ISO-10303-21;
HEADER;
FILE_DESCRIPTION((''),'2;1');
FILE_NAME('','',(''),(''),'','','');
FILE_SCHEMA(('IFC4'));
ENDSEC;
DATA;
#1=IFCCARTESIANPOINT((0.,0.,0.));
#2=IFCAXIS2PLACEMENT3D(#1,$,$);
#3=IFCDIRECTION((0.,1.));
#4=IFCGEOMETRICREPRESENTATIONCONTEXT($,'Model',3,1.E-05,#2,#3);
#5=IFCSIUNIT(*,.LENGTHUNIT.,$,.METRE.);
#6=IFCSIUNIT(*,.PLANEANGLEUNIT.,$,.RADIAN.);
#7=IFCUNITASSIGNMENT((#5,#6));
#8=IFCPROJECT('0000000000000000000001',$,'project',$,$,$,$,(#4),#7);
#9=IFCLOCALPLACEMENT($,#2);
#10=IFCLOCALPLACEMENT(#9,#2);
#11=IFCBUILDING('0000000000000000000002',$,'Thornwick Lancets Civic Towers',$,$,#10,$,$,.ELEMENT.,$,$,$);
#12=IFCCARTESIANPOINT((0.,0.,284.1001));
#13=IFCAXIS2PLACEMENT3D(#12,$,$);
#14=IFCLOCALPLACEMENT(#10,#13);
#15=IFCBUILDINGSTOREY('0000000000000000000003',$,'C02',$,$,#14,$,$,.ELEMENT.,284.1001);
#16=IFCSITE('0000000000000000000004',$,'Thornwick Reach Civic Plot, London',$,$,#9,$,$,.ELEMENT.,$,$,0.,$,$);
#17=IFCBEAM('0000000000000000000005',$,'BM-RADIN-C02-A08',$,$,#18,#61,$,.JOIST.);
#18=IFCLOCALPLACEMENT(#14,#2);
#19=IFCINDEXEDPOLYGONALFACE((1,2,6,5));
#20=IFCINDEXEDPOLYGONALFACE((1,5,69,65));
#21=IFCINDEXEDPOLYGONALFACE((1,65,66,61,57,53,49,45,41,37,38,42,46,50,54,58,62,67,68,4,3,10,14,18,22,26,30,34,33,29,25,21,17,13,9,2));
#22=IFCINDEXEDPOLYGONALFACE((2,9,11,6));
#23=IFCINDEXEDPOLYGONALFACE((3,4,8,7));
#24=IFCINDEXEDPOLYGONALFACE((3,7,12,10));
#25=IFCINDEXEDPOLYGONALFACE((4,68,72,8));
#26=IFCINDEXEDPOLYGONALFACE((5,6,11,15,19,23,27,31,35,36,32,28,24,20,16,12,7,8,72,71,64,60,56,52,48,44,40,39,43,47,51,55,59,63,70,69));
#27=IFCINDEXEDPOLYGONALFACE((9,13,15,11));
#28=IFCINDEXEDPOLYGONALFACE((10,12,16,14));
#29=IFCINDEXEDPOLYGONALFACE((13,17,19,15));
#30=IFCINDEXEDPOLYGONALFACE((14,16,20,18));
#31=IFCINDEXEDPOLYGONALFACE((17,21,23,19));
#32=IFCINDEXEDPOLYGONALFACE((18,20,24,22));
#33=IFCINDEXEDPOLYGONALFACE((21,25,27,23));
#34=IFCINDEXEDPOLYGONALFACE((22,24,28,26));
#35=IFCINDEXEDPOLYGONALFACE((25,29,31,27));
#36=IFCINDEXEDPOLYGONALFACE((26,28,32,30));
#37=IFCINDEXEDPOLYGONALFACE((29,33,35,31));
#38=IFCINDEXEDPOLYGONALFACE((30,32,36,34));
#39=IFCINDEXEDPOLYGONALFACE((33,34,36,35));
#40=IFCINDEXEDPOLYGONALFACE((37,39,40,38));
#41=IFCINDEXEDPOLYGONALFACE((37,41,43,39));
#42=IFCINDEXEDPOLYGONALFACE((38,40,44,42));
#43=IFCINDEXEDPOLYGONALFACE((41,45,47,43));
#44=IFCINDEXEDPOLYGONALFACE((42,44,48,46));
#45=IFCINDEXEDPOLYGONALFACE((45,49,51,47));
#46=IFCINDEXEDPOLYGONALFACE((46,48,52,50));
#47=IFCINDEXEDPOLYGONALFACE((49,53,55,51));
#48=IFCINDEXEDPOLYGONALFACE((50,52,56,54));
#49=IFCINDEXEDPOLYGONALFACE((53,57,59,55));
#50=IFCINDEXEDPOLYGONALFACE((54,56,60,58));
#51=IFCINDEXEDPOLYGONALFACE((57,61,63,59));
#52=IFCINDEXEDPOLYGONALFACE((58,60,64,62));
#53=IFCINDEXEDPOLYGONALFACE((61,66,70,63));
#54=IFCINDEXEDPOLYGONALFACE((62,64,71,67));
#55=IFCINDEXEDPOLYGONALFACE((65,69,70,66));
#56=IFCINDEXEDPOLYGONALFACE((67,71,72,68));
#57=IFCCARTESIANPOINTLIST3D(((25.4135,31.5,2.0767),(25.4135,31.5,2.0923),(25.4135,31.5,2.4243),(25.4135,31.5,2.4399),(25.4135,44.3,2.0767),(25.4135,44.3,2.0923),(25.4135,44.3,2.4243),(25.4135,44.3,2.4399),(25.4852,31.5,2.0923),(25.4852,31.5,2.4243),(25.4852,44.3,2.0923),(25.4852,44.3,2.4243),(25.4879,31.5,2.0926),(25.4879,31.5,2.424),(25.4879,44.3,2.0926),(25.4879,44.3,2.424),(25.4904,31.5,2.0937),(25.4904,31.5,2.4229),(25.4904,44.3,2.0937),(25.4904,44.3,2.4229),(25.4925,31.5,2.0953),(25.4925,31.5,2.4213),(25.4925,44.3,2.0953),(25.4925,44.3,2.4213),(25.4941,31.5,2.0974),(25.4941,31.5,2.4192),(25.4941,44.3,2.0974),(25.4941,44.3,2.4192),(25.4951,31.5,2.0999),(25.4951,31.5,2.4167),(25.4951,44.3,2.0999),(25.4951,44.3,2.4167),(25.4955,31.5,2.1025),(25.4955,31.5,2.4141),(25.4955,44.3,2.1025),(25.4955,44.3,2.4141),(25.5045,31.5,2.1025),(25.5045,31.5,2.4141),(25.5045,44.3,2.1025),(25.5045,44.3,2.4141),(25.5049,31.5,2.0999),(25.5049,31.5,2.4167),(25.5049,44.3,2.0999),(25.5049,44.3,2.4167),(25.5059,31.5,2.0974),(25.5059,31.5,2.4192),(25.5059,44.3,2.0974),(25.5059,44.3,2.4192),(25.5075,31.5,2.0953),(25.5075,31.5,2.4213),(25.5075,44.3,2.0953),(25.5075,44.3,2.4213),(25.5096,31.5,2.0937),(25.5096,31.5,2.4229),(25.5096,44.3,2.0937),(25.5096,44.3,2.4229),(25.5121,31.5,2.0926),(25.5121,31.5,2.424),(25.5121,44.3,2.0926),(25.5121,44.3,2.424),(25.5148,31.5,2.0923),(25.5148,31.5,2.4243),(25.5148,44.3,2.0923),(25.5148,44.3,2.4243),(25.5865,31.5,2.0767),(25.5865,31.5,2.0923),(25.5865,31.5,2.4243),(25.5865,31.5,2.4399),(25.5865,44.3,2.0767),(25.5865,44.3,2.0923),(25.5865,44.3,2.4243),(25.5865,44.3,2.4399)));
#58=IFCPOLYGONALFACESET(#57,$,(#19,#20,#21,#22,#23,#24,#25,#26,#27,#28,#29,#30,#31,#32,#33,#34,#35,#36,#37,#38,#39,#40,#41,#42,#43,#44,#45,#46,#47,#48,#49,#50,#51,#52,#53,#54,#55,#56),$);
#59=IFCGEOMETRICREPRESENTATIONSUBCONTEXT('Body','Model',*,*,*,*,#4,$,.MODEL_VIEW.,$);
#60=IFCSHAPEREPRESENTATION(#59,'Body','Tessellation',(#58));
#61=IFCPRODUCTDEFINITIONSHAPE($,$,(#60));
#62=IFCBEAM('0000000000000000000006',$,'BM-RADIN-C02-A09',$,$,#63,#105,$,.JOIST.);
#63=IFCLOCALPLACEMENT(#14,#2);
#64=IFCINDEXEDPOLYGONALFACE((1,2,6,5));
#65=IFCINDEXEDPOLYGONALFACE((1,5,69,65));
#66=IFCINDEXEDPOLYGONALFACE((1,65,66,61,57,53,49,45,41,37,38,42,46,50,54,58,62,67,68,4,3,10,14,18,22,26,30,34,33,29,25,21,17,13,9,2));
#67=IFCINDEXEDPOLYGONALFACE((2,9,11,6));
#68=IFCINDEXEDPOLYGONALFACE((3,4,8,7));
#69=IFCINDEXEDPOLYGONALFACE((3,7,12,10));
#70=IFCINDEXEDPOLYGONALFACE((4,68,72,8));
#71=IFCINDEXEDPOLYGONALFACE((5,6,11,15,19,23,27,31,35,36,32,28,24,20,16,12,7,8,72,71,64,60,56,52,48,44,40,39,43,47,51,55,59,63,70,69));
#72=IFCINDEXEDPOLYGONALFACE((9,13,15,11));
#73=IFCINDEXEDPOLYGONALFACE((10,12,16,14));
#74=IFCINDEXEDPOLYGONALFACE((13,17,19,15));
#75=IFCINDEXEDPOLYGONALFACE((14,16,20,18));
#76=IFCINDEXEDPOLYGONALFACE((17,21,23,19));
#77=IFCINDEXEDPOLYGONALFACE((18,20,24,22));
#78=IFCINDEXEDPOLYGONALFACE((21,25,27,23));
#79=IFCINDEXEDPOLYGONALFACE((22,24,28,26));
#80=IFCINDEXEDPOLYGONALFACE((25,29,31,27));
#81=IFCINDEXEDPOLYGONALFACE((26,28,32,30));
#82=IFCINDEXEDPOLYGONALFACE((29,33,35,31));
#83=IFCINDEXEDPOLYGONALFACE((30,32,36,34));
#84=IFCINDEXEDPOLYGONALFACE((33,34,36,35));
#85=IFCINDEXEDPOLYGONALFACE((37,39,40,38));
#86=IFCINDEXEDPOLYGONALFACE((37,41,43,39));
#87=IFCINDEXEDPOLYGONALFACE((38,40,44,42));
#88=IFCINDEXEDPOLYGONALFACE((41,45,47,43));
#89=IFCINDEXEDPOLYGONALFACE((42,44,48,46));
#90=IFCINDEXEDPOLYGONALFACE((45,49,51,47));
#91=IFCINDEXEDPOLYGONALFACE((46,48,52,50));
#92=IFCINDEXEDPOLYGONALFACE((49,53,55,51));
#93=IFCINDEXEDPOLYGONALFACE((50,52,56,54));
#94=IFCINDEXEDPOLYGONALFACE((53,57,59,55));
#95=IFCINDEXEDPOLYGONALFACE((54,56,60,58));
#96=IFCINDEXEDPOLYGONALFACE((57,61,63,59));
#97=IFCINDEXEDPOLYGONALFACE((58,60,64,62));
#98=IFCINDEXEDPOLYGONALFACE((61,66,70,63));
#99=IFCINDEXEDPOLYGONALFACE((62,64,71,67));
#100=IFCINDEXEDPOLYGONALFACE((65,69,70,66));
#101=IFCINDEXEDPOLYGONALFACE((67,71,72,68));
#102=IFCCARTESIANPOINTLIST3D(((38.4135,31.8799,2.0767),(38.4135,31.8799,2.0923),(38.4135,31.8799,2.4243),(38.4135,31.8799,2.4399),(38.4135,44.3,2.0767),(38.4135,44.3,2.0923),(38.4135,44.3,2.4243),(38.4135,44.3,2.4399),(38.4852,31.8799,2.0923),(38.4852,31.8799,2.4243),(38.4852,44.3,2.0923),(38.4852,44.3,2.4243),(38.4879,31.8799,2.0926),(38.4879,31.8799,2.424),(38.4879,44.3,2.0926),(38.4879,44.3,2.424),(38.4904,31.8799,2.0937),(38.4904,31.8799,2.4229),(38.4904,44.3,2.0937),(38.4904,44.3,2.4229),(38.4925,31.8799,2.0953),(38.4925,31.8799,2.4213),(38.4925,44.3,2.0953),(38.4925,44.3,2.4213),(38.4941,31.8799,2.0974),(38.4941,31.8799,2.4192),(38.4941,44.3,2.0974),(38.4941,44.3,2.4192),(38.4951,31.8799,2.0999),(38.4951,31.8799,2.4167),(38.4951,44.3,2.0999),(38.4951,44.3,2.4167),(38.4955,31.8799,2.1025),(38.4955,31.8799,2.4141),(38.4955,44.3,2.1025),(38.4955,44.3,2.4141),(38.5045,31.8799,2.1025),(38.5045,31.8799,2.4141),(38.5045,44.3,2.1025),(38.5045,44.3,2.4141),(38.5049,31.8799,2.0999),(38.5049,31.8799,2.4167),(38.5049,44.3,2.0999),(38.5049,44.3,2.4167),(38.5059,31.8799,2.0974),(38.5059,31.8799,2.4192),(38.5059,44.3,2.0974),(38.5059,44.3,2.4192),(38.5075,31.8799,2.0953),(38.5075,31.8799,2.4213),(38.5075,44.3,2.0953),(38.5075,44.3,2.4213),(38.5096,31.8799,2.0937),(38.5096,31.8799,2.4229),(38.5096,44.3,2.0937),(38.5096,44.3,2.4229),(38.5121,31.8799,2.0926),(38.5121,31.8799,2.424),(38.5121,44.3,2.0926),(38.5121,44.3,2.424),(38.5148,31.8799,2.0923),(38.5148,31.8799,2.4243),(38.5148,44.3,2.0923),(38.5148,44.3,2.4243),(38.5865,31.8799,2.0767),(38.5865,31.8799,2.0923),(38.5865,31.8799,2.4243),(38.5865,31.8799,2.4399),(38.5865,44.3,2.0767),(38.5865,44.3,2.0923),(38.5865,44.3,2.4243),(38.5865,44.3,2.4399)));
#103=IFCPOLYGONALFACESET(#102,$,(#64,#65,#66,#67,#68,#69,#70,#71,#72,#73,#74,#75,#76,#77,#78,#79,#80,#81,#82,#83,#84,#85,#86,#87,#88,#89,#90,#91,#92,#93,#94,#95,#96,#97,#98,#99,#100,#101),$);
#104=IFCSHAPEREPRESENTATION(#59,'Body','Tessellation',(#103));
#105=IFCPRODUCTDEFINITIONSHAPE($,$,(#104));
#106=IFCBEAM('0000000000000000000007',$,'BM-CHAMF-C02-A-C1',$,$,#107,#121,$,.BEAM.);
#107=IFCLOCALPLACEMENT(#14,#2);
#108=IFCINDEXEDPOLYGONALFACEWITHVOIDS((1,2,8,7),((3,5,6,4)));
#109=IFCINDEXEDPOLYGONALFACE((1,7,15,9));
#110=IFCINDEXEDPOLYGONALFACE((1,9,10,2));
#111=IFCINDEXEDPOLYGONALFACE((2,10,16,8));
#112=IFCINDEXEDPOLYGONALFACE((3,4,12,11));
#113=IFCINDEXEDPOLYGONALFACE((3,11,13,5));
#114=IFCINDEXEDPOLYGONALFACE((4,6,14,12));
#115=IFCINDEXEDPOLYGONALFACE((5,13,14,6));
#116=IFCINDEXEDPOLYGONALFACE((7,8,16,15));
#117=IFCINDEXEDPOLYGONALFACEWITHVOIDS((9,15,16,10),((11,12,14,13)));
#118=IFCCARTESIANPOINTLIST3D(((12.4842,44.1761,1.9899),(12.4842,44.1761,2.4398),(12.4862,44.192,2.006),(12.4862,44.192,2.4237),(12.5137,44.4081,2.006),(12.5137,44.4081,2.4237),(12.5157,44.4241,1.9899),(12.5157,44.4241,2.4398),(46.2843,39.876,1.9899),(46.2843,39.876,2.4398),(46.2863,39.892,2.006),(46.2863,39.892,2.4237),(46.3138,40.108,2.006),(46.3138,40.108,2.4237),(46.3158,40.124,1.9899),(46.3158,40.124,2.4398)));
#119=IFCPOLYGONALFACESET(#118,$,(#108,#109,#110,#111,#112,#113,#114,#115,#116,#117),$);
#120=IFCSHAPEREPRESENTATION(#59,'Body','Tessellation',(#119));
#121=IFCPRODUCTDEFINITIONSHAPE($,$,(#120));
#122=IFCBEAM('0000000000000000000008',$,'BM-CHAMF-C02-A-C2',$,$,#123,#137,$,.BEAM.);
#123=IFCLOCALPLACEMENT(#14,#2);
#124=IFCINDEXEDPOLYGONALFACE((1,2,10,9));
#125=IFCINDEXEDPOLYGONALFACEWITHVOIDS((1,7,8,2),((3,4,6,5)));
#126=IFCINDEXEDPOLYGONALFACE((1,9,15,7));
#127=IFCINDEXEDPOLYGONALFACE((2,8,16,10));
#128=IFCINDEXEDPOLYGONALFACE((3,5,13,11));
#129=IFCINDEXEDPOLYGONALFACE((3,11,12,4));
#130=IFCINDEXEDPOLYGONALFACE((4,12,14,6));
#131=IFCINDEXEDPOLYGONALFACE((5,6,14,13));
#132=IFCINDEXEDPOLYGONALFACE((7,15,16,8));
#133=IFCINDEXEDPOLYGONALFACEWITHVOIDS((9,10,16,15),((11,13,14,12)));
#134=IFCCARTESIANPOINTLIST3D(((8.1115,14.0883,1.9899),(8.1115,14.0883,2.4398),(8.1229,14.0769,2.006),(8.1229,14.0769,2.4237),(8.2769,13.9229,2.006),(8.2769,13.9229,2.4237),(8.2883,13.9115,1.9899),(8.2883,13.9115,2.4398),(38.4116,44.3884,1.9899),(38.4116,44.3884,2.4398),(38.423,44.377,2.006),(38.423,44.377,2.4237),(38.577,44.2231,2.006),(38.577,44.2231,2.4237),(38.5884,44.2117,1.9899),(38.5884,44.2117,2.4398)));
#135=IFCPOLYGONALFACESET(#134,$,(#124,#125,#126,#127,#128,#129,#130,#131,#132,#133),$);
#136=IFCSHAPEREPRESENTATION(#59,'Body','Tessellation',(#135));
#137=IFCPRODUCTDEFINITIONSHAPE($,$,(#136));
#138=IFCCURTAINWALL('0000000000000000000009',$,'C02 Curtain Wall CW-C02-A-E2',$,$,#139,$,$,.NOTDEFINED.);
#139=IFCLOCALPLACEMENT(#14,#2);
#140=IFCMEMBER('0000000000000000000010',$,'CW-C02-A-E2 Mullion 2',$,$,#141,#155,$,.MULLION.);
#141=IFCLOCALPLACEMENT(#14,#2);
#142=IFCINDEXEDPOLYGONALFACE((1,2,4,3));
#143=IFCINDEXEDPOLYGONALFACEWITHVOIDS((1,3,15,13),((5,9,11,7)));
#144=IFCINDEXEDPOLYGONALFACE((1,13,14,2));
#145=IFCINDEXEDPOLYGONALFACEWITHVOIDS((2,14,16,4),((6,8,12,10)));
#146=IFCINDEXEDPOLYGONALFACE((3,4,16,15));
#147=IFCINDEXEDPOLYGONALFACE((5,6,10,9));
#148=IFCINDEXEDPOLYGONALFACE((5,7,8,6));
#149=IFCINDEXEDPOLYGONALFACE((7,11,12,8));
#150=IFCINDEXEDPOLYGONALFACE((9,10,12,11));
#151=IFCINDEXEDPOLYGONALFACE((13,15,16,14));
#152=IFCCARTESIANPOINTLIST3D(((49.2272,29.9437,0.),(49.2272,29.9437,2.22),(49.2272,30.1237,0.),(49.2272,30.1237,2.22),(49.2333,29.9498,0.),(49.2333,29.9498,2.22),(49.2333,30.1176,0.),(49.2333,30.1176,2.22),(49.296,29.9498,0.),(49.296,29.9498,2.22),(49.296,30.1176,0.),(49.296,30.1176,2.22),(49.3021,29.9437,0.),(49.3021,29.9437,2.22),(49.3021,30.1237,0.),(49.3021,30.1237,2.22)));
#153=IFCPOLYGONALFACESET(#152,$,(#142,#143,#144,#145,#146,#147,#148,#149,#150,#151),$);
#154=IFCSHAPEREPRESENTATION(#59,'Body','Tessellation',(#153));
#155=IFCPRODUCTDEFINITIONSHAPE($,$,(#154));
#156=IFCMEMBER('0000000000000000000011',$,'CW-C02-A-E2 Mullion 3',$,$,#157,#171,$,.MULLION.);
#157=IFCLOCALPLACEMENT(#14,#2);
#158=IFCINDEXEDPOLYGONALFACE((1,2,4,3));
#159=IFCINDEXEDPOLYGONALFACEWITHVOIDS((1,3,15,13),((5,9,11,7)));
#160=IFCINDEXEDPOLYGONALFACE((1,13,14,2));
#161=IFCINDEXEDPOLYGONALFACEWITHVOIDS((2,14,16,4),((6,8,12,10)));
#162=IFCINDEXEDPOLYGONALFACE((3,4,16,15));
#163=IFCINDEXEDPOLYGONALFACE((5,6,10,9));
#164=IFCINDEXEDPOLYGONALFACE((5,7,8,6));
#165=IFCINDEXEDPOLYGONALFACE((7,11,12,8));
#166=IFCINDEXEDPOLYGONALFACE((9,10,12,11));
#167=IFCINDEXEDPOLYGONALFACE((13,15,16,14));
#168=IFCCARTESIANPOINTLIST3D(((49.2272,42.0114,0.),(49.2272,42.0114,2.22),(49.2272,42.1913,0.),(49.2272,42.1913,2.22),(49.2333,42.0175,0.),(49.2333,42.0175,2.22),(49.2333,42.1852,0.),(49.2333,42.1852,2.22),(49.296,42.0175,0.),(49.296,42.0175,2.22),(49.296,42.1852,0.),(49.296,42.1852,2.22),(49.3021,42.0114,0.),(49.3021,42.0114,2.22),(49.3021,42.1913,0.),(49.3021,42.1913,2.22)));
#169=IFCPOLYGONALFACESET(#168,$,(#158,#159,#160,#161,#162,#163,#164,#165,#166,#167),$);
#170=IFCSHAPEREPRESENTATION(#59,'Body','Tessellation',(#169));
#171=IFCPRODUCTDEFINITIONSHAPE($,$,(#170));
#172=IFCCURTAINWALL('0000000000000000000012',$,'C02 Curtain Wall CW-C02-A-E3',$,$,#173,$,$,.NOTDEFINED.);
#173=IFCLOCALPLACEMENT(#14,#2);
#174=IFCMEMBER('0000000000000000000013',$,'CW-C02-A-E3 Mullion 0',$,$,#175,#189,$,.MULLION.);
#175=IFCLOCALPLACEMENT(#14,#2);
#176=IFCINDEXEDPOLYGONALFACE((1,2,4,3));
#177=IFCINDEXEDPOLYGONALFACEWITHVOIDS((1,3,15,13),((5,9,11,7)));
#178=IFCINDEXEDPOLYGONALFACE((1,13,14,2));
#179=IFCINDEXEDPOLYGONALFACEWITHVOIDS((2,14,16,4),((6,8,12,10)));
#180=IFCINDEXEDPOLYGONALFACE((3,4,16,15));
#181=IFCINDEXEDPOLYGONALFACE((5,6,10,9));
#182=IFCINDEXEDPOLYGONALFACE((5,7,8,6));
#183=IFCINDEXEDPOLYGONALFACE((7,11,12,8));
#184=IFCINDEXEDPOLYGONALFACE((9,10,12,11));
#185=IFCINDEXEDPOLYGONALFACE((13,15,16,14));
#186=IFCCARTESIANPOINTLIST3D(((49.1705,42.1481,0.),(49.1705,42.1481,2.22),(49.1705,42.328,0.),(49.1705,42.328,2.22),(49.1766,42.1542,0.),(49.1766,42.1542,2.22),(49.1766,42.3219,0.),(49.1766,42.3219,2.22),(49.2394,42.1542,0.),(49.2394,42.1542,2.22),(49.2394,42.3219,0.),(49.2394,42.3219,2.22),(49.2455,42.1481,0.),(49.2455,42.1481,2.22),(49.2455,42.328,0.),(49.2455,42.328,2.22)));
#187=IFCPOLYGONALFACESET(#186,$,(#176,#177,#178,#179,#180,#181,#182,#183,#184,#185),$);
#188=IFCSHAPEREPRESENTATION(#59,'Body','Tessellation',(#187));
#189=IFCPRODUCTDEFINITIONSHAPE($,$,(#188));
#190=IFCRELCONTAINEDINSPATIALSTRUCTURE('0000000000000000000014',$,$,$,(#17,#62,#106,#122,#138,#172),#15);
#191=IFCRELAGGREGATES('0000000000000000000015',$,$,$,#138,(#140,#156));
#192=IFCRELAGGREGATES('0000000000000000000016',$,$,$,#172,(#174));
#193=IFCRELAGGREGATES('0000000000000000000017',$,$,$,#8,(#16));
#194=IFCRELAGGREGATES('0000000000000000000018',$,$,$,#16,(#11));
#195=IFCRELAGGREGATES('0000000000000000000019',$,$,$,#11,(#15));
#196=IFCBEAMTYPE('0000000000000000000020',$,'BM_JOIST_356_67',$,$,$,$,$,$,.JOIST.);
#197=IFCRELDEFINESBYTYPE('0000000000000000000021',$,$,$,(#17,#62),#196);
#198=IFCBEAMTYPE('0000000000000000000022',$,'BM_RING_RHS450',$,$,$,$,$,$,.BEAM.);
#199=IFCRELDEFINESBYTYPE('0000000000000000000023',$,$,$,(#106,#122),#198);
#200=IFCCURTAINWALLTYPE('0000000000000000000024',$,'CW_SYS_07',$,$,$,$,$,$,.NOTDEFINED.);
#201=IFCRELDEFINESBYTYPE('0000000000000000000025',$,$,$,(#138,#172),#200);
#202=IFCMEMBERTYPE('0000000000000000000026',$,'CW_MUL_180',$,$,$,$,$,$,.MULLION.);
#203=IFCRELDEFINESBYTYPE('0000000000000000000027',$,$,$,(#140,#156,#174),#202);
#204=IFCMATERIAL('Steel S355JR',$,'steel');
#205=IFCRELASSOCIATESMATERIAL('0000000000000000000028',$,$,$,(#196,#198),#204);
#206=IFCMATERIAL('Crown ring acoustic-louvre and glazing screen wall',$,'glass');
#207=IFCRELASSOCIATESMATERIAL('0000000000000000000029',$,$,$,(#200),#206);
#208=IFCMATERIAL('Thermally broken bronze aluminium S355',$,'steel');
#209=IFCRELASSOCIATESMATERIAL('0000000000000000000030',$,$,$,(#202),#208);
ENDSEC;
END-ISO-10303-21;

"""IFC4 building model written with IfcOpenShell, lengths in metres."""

from ifc_helpers import new_model, si_unit, direction, frame, origin, origin_2d, place, context, subcontext, project, spatial, hollow_rectangle, i_section, extrude, material, material_profile, profile_set, type_object, element, aggregate, save


model = new_model("IFC4")

# Units and contexts
model_context = context("Model", 3, precision=1e-05, world=origin(), true_north=direction((0.0, 1.0)))
body_context = subcontext(model_context, "Body", "Model", "MODEL_VIEW")
ifc_project = project(units=[si_unit("LENGTHUNIT", "METRE"), si_unit("PLANEANGLEUNIT", "RADIAN")], contexts=[model_context])

# Site, building, storey
site_placement = place(None, origin())
site = spatial("IfcSite", under=ifc_project, at=site_placement, Name="Thornwick Reach Civic Plot, London", CompositionType="ELEMENT", RefElevation=0.0)
building_placement = place(site_placement, origin())
building = spatial("IfcBuilding", under=site, at=building_placement, Name="Thornwick Lancets Civic Towers", CompositionType="ELEMENT")
storey_placement = place(building_placement, frame((0.0, 0.0, 284.1001)))
storey = spatial("IfcBuildingStorey", under=building, at=storey_placement, Name="C02", CompositionType="ELEMENT", Elevation=284.1001)

# Shared definitions
ifc_material_1 = material(Name="Steel S355JR", Category="steel")

# Beams
ifc_material_profile_1 = material_profile(ifc_material_1, i_section(OverallWidth=0.1731, OverallDepth=0.3633, WebThickness=0.009, FlangeThickness=0.0156, FilletRadius=0.0103, at=origin_2d()), Name="UKB 356x171x67")
ifc_profile_set_1 = profile_set([ifc_material_profile_1], Name="Steel S355JR")
beam_type_1 = type_object("IfcBeamType", Name="BM_JOIST_356_67", PredefinedType="JOIST", material=ifc_profile_set_1)
beam_1_placement = place(storey_placement, frame((25.5, 31.5, 2.2583), z_axis=(0.0, 1.0, 0.0), x_axis=(-1.0, 0.0, 0.0)))
element("IfcBeam", 1, at=beam_1_placement, inside=storey, type_object=beam_type_1, Name="BM-RADIN-C02-A08", PredefinedType="JOIST", context=body_context, shape_type="SweptSolid", body=[
    extrude(i_section(OverallWidth=0.1731, OverallDepth=0.3633, WebThickness=0.009, FlangeThickness=0.0156, FilletRadius=0.0103, at=origin_2d()), origin(), (0.0, 0.0, 1.0), 12.8),
])
beam_2_placement = place(storey_placement, frame((38.5, 31.8799, 2.2583), z_axis=(0.0, 1.0, 0.0), x_axis=(-1.0, 0.0, 0.0)))
element("IfcBeam", 2, at=beam_2_placement, inside=storey, type_object=beam_type_1, Name="BM-RADIN-C02-A09", PredefinedType="JOIST", context=body_context, shape_type="SweptSolid", body=[
    extrude(i_section(OverallWidth=0.1731, OverallDepth=0.3633, WebThickness=0.009, FlangeThickness=0.0156, FilletRadius=0.0103, at=origin_2d()), origin(), (0.0, 0.0, 1.0), 12.4202),
])
ifc_material_profile_2 = material_profile(ifc_material_1, hollow_rectangle(XDim=0.25, YDim=0.45, WallThickness=0.0161, at=origin_2d()), Name="RHS 450x250x16")
ifc_profile_set_2 = profile_set([ifc_material_profile_2], Name="Steel S355JR")
beam_type_2 = type_object("IfcBeamType", Name="BM_RING_RHS450", PredefinedType="BEAM", material=ifc_profile_set_2)
beam_3_placement = place(storey_placement, frame((46.3, 40.0, 2.2148), z_axis=(-0.992004, 0.126203, 0.0), x_axis=(-0.126203, -0.992004, 0.0)))
element("IfcBeam", 3, at=beam_3_placement, inside=storey, type_object=beam_type_2, Name="BM-CHAMF-C02-A-C1", PredefinedType="BEAM", context=body_context, shape_type="SweptSolid", body=[
    extrude(hollow_rectangle(XDim=0.25, YDim=0.45, WallThickness=0.0161, at=origin_2d()), origin(), (0.0, 0.0, 1.0), 34.0725),
])
beam_4_placement = place(storey_placement, frame((38.5, 44.3, 2.2148), z_axis=(-0.707107, -0.707107, 0.0), x_axis=(0.707107, -0.707107, 0.0)))
element("IfcBeam", 4, at=beam_4_placement, inside=storey, type_object=beam_type_2, Name="BM-CHAMF-C02-A-C2", PredefinedType="BEAM", context=body_context, shape_type="SweptSolid", body=[
    extrude(hollow_rectangle(XDim=0.25, YDim=0.45, WallThickness=0.0161, at=origin_2d()), origin(), (0.0, 0.0, 1.0), 42.8508),
])

# Curtain walls, members
ifc_material_2 = material(Name="Crown ring acoustic-louvre and glazing screen wall", Category="glass")
curtain_wall_type = type_object("IfcCurtainWallType", Name="CW_SYS_07", PredefinedType="NOTDEFINED", material=ifc_material_2)
curtain_wall_1_placement = place(storey_placement, origin())
curtain_wall_1 = element("IfcCurtainWall", 5, at=curtain_wall_1_placement, inside=storey, type_object=curtain_wall_type, Name="C02 Curtain Wall CW-C02-A-E2", PredefinedType="NOTDEFINED")
ifc_material_3 = material(Name="Thermally broken bronze aluminium S355", Category="steel")
ifc_material_profile_3 = material_profile(ifc_material_3, hollow_rectangle(XDim=0.075, YDim=0.1799, WallThickness=0.0061, at=origin_2d()), Name="RHS 180x75x6")
ifc_profile_set_3 = profile_set([ifc_material_profile_3], Name="Thermally broken bronze aluminium S355")
member_type_1 = type_object("IfcMemberType", Name="CW_MUL_180", PredefinedType="MULLION", material=ifc_profile_set_3)
member_1_placement = place(storey_placement, frame((49.2646, 30.0337, 0.0), z_axis=(0.0, 0.0, 1.0), x_axis=(1.0, 0.0, 0.0)))
member_1 = element("IfcMember", 6, at=member_1_placement, type_object=member_type_1, Name="CW-C02-A-E2 Mullion 2", PredefinedType="MULLION", context=body_context, shape_type="SweptSolid", body=[
    extrude(hollow_rectangle(XDim=0.075, YDim=0.1799, WallThickness=0.0061, at=origin_2d()), origin(), (0.0, 0.0, 1.0), 2.22),
])
member_2_placement = place(storey_placement, frame((49.2646, 42.1013, 0.0), z_axis=(0.0, 0.0, 1.0), x_axis=(1.0, 0.0, 0.0)))
member_2 = element("IfcMember", 7, at=member_2_placement, type_object=member_type_1, Name="CW-C02-A-E2 Mullion 3", PredefinedType="MULLION", context=body_context, shape_type="SweptSolid", body=[
    extrude(hollow_rectangle(XDim=0.075, YDim=0.1799, WallThickness=0.0061, at=origin_2d()), origin(), (0.0, 0.0, 1.0), 2.22),
])
curtain_wall_2_placement = place(storey_placement, origin())
curtain_wall_2 = element("IfcCurtainWall", 8, at=curtain_wall_2_placement, inside=storey, type_object=curtain_wall_type, Name="C02 Curtain Wall CW-C02-A-E3", PredefinedType="NOTDEFINED")
member_3_placement = place(storey_placement, frame((49.208, 42.238, 0.0), z_axis=(0.0, 0.0, 1.0), x_axis=(1.0, 0.0, 0.0)))
member_3 = element("IfcMember", 9, at=member_3_placement, type_object=member_type_1, Name="CW-C02-A-E3 Mullion 0", PredefinedType="MULLION", context=body_context, shape_type="SweptSolid", body=[
    extrude(hollow_rectangle(XDim=0.075, YDim=0.1799, WallThickness=0.0061, at=origin_2d()), origin(), (0.0, 0.0, 1.0), 2.22),
])

aggregate(curtain_wall_1, [member_1, member_2])
aggregate(curtain_wall_2, [member_3])

save(model, "model.ifc")
